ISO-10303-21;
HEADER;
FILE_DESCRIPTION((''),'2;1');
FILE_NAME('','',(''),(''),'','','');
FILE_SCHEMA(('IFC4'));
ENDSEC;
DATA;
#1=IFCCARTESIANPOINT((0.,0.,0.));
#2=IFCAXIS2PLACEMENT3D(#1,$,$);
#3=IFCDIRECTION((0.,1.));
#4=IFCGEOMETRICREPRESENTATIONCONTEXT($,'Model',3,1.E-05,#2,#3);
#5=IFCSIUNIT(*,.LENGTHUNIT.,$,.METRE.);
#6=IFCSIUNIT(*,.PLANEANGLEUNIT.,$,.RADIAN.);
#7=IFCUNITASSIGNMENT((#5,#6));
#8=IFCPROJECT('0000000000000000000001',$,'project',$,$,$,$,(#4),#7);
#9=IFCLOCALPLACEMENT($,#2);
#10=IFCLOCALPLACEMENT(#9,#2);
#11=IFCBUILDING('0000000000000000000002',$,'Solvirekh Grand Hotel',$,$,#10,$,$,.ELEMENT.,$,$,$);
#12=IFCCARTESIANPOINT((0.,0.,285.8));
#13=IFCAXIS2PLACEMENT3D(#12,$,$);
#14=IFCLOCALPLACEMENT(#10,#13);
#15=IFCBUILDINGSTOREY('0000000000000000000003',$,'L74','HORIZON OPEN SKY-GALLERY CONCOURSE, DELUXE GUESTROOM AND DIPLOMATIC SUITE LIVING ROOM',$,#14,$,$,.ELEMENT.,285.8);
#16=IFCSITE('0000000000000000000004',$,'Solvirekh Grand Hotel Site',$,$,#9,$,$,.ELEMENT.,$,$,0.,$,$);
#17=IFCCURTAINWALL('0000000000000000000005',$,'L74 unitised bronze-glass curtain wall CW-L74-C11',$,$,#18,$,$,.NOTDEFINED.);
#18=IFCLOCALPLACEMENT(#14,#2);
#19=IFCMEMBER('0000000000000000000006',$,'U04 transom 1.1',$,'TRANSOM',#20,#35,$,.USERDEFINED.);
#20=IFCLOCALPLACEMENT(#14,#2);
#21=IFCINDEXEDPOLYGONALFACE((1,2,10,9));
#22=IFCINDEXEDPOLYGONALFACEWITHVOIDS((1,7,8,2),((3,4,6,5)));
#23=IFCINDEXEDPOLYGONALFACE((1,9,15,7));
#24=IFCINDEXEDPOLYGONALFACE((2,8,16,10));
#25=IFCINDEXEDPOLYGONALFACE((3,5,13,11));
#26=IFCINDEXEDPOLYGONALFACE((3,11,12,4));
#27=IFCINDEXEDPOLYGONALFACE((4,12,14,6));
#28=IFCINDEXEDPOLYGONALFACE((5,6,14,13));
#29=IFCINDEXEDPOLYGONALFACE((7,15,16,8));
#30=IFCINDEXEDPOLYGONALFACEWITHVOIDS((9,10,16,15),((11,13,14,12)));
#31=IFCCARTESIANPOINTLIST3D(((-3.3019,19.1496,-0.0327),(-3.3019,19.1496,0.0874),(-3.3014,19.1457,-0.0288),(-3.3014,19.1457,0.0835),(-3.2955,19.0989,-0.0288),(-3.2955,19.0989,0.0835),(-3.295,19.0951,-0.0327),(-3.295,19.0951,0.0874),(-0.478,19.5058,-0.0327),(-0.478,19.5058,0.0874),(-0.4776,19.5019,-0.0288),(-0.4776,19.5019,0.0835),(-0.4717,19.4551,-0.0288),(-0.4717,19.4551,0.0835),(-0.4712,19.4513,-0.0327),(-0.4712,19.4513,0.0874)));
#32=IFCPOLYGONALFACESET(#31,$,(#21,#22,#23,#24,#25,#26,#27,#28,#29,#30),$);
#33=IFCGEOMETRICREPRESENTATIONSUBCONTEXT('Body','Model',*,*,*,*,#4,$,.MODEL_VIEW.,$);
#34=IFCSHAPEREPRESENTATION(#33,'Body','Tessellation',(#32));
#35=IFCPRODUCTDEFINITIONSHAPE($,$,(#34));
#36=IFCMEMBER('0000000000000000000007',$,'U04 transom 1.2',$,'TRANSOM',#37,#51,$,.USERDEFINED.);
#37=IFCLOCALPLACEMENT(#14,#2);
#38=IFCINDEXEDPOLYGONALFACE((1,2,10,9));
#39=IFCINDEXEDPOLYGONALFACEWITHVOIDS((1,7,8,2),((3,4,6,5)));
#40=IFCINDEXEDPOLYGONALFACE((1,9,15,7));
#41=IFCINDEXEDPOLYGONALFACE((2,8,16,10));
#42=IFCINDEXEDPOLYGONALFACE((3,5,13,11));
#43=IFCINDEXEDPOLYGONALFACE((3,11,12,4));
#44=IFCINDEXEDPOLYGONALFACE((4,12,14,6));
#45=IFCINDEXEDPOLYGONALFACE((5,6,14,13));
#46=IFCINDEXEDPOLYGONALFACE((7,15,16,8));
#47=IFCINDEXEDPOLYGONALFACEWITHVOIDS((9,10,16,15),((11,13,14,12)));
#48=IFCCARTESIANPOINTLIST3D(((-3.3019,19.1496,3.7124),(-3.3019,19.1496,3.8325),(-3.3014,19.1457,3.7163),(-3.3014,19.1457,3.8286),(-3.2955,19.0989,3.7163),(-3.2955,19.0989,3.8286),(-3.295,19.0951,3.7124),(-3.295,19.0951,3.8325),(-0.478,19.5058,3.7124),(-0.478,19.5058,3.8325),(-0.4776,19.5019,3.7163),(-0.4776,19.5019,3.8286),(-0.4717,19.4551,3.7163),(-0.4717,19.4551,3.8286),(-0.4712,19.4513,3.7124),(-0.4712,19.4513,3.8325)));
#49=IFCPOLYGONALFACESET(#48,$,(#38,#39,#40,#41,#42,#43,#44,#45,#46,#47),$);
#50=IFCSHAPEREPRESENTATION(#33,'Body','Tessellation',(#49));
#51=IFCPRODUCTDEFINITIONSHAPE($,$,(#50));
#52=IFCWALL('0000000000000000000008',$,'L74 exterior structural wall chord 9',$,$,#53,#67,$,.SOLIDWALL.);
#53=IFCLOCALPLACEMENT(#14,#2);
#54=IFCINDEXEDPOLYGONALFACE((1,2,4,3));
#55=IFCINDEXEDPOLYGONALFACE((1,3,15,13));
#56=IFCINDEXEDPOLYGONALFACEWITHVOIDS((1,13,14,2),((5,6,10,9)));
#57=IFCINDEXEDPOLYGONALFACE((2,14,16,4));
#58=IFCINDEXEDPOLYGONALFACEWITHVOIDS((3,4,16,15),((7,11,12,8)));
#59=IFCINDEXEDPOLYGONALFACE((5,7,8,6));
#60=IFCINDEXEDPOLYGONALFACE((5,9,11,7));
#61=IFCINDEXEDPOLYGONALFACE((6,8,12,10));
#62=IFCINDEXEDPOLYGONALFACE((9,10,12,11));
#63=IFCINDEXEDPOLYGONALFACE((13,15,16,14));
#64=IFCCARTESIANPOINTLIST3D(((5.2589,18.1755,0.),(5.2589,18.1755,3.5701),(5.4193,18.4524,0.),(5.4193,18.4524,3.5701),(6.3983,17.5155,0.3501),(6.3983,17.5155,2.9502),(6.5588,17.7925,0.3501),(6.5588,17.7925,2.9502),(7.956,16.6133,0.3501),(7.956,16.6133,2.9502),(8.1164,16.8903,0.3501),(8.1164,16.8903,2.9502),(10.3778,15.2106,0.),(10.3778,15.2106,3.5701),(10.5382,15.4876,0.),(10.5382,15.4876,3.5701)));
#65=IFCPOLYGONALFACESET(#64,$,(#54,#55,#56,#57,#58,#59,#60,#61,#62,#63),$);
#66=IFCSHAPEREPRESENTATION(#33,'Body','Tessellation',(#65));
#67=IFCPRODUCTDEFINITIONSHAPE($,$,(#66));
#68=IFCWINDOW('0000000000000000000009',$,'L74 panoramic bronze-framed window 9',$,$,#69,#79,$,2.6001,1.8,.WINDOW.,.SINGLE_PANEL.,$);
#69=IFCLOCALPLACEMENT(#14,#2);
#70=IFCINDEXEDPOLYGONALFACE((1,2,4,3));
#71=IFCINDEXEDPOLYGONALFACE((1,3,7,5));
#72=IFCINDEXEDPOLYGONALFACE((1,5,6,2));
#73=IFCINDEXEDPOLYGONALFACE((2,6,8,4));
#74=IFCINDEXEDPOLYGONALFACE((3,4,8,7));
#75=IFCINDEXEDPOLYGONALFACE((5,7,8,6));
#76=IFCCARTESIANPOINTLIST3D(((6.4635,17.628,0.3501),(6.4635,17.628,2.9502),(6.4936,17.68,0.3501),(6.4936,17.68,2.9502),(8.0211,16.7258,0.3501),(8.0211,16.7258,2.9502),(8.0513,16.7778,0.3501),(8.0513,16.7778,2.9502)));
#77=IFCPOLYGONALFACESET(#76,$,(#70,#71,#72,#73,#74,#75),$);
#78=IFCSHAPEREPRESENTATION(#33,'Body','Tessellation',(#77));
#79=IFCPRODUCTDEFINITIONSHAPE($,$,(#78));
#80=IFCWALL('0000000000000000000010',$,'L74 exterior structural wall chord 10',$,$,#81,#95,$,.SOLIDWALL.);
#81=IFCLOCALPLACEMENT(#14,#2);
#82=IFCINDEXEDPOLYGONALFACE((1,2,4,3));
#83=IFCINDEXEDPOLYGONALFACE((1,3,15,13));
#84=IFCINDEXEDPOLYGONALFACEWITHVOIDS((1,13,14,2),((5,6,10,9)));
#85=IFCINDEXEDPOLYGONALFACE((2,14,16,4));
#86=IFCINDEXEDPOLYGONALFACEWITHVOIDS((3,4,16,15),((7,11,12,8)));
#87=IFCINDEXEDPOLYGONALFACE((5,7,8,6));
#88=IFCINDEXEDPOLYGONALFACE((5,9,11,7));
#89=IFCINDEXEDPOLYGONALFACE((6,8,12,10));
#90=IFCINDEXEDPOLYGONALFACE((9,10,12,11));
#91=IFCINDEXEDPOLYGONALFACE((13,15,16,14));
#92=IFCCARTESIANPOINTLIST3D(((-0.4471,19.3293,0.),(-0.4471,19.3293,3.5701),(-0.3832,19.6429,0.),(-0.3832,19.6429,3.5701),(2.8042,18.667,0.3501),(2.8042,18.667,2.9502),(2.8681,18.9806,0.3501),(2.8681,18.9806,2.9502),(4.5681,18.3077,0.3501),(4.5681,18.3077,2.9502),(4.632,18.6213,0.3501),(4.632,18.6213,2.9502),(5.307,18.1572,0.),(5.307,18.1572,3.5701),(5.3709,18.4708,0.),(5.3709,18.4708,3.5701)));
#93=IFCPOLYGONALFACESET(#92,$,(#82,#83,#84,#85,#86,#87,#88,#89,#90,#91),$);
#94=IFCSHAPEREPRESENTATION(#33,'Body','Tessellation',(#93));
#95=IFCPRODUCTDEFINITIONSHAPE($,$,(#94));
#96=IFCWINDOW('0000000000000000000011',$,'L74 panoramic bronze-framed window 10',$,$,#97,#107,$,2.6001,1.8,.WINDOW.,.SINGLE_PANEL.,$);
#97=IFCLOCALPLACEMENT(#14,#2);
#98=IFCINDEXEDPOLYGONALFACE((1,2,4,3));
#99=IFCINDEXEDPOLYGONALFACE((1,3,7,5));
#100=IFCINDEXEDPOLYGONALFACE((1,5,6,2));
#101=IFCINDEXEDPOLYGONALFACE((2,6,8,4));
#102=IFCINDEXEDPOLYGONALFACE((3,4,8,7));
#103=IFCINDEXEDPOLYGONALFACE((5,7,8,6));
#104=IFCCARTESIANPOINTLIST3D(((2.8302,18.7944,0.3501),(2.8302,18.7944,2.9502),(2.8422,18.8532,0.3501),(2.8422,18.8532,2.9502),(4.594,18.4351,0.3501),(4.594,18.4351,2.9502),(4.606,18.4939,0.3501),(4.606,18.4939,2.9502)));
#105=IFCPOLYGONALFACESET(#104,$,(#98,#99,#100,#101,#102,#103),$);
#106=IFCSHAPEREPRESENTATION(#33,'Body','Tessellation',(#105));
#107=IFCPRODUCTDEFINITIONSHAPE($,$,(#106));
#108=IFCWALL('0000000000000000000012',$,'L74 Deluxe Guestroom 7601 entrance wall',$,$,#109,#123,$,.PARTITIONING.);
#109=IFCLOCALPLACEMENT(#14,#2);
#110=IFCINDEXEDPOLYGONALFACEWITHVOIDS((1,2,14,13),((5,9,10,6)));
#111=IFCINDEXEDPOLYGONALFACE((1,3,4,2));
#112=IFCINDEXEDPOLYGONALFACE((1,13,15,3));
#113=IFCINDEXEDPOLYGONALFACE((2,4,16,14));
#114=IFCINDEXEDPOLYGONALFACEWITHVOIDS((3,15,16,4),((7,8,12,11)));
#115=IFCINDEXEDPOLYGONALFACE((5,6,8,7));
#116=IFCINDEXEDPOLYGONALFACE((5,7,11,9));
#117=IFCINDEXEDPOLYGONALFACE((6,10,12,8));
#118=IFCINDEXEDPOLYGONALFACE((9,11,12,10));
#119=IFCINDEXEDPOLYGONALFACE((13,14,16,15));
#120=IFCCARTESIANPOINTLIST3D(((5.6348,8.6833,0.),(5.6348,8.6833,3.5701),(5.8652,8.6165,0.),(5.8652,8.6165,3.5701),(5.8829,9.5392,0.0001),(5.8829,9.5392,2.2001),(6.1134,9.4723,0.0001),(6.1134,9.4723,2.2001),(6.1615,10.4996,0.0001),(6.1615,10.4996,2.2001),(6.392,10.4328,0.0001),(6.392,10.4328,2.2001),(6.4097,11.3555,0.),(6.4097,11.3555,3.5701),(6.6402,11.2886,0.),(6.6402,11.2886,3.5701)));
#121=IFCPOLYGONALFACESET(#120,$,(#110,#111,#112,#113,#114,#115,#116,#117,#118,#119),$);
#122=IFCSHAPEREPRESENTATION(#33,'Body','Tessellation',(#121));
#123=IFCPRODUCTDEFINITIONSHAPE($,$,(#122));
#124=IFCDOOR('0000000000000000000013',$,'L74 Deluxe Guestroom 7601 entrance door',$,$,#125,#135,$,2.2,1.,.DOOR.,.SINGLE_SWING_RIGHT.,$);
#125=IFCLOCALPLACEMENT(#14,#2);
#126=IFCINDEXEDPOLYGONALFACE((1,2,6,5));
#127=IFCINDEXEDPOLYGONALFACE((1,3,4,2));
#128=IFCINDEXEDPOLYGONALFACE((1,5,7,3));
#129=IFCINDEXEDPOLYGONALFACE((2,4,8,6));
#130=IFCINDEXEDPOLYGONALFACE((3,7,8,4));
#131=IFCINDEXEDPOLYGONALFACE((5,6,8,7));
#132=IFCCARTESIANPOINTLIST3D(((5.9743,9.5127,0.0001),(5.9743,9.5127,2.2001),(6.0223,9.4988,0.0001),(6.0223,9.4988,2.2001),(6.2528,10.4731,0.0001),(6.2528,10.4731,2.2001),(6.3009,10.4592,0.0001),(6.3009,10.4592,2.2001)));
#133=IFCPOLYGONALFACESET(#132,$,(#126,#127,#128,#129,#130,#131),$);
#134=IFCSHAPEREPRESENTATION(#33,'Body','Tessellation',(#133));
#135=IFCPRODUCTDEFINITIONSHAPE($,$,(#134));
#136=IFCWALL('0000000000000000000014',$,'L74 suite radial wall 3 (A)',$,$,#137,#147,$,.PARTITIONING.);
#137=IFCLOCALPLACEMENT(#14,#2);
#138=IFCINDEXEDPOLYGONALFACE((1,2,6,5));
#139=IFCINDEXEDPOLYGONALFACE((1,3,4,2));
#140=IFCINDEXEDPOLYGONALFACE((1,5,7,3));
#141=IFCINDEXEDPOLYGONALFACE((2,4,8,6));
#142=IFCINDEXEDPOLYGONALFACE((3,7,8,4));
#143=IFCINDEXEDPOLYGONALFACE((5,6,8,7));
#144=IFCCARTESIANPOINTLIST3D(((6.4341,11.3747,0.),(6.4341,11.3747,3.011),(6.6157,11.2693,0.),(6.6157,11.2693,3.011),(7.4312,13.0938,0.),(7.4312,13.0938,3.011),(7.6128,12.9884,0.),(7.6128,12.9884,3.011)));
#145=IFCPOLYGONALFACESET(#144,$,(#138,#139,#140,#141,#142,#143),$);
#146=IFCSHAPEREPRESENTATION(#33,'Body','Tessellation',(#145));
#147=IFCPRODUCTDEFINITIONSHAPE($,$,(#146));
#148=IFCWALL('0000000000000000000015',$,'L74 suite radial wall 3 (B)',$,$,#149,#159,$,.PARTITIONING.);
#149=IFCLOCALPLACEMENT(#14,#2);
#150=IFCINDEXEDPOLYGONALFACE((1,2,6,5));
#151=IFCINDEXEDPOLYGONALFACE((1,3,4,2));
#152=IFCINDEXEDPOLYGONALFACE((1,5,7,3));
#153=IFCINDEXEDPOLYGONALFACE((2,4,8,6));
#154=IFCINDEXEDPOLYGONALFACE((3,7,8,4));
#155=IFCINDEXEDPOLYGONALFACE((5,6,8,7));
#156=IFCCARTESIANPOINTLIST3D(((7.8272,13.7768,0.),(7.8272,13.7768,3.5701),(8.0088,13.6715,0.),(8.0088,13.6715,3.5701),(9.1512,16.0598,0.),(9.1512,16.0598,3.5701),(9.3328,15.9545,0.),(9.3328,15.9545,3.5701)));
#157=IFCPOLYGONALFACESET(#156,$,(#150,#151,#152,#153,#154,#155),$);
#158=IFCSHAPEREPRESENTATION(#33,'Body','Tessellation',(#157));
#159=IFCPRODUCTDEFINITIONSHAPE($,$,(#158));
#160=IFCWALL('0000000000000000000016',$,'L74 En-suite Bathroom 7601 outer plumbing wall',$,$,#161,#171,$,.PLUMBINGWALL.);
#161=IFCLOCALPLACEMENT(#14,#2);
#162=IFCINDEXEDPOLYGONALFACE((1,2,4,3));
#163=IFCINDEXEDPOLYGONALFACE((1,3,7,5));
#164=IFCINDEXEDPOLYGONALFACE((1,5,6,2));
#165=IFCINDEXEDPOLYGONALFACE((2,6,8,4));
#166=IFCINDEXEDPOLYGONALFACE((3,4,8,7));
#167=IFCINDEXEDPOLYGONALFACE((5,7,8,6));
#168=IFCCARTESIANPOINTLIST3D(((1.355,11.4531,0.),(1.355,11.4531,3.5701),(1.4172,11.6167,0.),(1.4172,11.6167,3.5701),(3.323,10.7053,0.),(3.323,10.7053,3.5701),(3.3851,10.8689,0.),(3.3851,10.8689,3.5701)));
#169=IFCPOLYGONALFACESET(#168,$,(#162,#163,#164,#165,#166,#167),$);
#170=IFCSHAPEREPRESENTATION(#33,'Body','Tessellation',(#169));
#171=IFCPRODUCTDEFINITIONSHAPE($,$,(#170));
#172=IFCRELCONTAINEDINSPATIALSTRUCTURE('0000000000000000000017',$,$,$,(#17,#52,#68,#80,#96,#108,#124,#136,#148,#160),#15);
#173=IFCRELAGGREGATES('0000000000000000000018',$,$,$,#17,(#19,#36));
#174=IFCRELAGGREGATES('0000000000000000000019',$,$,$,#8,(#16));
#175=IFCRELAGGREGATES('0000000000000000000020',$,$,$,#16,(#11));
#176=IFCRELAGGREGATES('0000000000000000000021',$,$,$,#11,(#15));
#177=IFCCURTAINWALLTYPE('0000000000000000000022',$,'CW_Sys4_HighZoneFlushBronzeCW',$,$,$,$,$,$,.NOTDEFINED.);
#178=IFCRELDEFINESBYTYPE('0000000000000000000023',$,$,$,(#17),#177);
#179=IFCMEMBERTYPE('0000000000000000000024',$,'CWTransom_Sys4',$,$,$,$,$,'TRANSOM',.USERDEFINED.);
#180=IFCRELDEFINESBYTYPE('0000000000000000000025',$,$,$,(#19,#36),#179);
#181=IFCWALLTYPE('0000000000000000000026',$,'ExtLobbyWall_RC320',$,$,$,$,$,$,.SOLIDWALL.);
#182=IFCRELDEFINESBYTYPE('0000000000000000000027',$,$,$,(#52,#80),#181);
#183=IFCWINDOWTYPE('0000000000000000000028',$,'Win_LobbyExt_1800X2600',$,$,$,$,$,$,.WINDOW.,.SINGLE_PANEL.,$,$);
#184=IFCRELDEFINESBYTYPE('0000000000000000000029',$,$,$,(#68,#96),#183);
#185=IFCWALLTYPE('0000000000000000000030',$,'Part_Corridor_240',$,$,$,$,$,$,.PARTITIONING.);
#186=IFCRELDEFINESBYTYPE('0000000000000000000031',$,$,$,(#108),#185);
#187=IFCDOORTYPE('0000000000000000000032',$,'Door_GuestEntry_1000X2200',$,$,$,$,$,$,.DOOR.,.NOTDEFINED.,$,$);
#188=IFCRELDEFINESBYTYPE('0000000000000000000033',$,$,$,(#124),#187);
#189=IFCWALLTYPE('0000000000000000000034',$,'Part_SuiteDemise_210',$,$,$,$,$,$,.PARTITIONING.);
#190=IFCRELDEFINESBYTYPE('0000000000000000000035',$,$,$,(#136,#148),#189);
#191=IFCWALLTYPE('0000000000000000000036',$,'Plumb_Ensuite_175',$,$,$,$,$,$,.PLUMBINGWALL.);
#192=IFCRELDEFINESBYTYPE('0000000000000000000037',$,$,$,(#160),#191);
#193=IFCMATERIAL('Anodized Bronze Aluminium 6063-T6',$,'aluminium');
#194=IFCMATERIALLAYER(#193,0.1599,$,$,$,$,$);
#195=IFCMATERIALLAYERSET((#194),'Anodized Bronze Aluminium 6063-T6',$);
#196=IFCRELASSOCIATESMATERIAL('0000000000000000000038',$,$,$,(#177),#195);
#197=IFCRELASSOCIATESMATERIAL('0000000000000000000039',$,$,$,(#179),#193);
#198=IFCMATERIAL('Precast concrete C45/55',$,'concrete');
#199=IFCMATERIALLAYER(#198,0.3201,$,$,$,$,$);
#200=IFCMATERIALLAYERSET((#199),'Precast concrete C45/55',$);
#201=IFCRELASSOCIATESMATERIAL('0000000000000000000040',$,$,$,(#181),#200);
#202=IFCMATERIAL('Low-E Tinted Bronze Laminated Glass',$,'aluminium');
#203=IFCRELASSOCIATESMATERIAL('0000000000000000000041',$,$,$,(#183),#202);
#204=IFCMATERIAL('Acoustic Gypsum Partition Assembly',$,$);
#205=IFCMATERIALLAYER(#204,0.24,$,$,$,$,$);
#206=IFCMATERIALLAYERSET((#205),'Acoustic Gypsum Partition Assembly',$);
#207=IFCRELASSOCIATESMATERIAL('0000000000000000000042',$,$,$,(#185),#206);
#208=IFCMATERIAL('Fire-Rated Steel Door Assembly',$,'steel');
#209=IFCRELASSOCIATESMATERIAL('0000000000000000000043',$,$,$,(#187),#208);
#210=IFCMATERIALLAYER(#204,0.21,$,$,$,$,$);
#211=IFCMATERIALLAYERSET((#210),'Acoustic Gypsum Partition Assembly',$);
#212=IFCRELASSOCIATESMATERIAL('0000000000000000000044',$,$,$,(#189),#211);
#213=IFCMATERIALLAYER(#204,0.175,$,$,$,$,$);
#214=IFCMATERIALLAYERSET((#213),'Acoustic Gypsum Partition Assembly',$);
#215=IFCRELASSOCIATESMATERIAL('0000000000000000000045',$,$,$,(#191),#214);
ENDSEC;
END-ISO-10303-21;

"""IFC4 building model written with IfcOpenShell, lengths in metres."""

from ifc_helpers import new_model, si_unit, direction, frame, frame_2d, origin, origin_2d, place, context, subcontext, project, spatial, rectangle, hollow_rectangle, extrude, source, transform, mapped, material, layer, layer_set, material_profile, profile_set, type_object, element, fill, aggregate, save


model = new_model("IFC4")

# Units and contexts
model_context = context("Model", 3, precision=1e-05, world=origin(), true_north=direction((0.0, 1.0)))
body_context = subcontext(model_context, "Body", "Model", "MODEL_VIEW")
ifc_project = project(units=[si_unit("LENGTHUNIT", "METRE"), si_unit("PLANEANGLEUNIT", "RADIAN")], contexts=[model_context])

# Site, building, storey
site_placement = place(None, origin())
site = spatial("IfcSite", under=ifc_project, at=site_placement, Name="Solvirekh Grand Hotel Site", CompositionType="ELEMENT", RefElevation=0.0)
building_placement = place(site_placement, origin())
building = spatial("IfcBuilding", under=site, at=building_placement, Name="Solvirekh Grand Hotel", CompositionType="ELEMENT")
storey_placement = place(building_placement, frame((0.0, 0.0, 285.8)))
storey = spatial("IfcBuildingStorey", under=building, at=storey_placement, Name="L74", Description="HORIZON OPEN SKY-GALLERY CONCOURSE, DELUXE GUESTROOM AND DIPLOMATIC SUITE LIVING ROOM", CompositionType="ELEMENT", Elevation=285.8)

# Curtain wall, members
ifc_material_1 = material(Name="Anodized Bronze Aluminium 6063-T6", Category="aluminium")
ifc_layer_1 = layer(ifc_material_1, 0.1599)
ifc_layer_set_1 = layer_set([ifc_layer_1], Name="Anodized Bronze Aluminium 6063-T6")
curtain_wall_type = type_object("IfcCurtainWallType", Name="CW_Sys4_HighZoneFlushBronzeCW", PredefinedType="NOTDEFINED", material=ifc_layer_set_1)
curtain_wall_placement = place(storey_placement, origin())
curtain_wall = element("IfcCurtainWall", 1, at=curtain_wall_placement, inside=storey, type_object=curtain_wall_type, Name="L74 unitised bronze-glass curtain wall CW-L74-C11", PredefinedType="NOTDEFINED")
ifc_material_profile_1 = material_profile(ifc_material_1, hollow_rectangle(XDim=0.0549, YDim=0.1201, WallThickness=0.0039, at=origin_2d()), Name="ALU RHS 120X55X4")
ifc_profile_set_1 = profile_set([ifc_material_profile_1], Name="Anodized Bronze Aluminium 6063-T6")
member_type_1 = type_object("IfcMemberType", Name="CWTransom_Sys4", ElementType="TRANSOM", PredefinedType="USERDEFINED", material=ifc_profile_set_1)
shared_shape_1 = source(origin(), body_context, "Body", "SweptSolid", [
    extrude(hollow_rectangle(XDim=0.0549, YDim=0.1201, WallThickness=0.0039, at=origin_2d()), origin(), (0.0, 0.0, 1.0), 2.8462),
])
member_1_placement = place(storey_placement, frame((-0.4746, 19.4785, 0.0273), z_axis=(-0.992137, -0.125154, 0.0), x_axis=(0.125154, -0.992137, 0.0)))
member_1 = element("IfcMember", 2, at=member_1_placement, type_object=member_type_1, Name="U04 transom 1.1", ObjectType="TRANSOM", PredefinedType="USERDEFINED", context=body_context, shape_type="MappedRepresentation", body=[
    mapped(shared_shape_1, transform((0.0, 0.0, 0.0), x_axis=(1.0, 0.0, 0.0), y_axis=(0.0, 1.0, 0.0), z_axis=(0.0, 0.0, 1.0), scale=1.0)),
])
member_2_placement = place(storey_placement, frame((-0.4746, 19.4785, 3.7725), z_axis=(-0.992137, -0.125154, 0.0), x_axis=(0.125154, -0.992137, 0.0)))
member_2 = element("IfcMember", 3, at=member_2_placement, type_object=member_type_1, Name="U04 transom 1.2", ObjectType="TRANSOM", PredefinedType="USERDEFINED", context=body_context, shape_type="MappedRepresentation", body=[
    mapped(shared_shape_1, transform((0.0, 0.0, 0.0), x_axis=(1.0, 0.0, 0.0), y_axis=(0.0, 1.0, 0.0), z_axis=(0.0, 0.0, 1.0), scale=1.0)),
])
aggregate(curtain_wall, [member_1, member_2])

# Walls, openings, windows
ifc_material_2 = material(Name="Precast concrete C45/55", Category="concrete")
ifc_layer_2 = layer(ifc_material_2, 0.3201)
ifc_layer_set_2 = layer_set([ifc_layer_2], Name="Precast concrete C45/55")
wall_type_1 = type_object("IfcWallType", Name="ExtLobbyWall_RC320", PredefinedType="SOLIDWALL", material=ifc_layer_set_2)
wall_1_placement = place(storey_placement, frame((5.3391, 18.314, 0.0), z_axis=(0.0, 0.0, 1.0), x_axis=(0.865333, -0.501197, 0.0)))
wall_1 = element("IfcWall", 4, at=wall_1_placement, inside=storey, type_object=wall_type_1, Name="L74 exterior structural wall chord 9", PredefinedType="SOLIDWALL", context=body_context, shape_type="SweptSolid", body=[
    extrude(rectangle(XDim=5.9155, YDim=0.3201, at=frame_2d((2.9578, 0.0))), origin(), (0.0, 0.0, 1.0), 3.5701),
])
opening_1_placement = place(wall_1_placement, frame((1.3169, 0.0, 0.3501)))
opening_1 = element("IfcOpeningElement", 5, at=opening_1_placement, cuts=wall_1, PredefinedType="OPENING", context=body_context, shape_type="SweptSolid", body=[
    extrude(rectangle(XDim=1.8, YDim=2.6001, at=frame_2d((0.8999, 1.3))), frame((0.0, 0.1699, 0.0), z_axis=(0.0, -1.0, 0.0), x_axis=(1.0, 0.0, 0.0)), (0.0, 0.0, 1.0), 0.3401),
])
ifc_material_3 = material(Name="Low-E Tinted Bronze Laminated Glass", Category="aluminium")
window_type = type_object("IfcWindowType", Name="Win_LobbyExt_1800X2600", PartitioningType="SINGLE_PANEL", PredefinedType="WINDOW", material=ifc_material_3)
window_1_placement = place(opening_1_placement, origin())
window_1 = element("IfcWindow", 6, at=window_1_placement, inside=storey, type_object=window_type, Name="L74 panoramic bronze-framed window 9", OverallHeight=2.6001, OverallWidth=1.8, PartitioningType="SINGLE_PANEL", PredefinedType="WINDOW", context=body_context, shape_type="SweptSolid", body=[
    extrude(rectangle(XDim=1.8, YDim=2.6001, at=frame_2d((0.8999, 1.3))), frame((0.0, 0.03, 0.0), z_axis=(0.0, -1.0, 0.0), x_axis=(1.0, 0.0, 0.0)), (0.0, 0.0, 1.0), 0.0601),
])
fill(opening_1, window_1)
wall_2_placement = place(storey_placement, frame((-0.415, 19.4861, 0.0), z_axis=(0.0, 0.0, 1.0), x_axis=(0.979877, -0.199601, 0.0)))
wall_2 = element("IfcWall", 7, at=wall_2_placement, inside=storey, type_object=wall_type_1, Name="L74 exterior structural wall chord 10", PredefinedType="SOLIDWALL", context=body_context, shape_type="SweptSolid", body=[
    extrude(rectangle(XDim=5.8723, YDim=0.3201, at=frame_2d((2.936, 0.0))), origin(), (0.0, 0.0, 1.0), 3.5701),
])
opening_2_placement = place(wall_2_placement, frame((3.3181, 0.0, 0.3501)))
opening_2 = element("IfcOpeningElement", 8, at=opening_2_placement, cuts=wall_2, PredefinedType="OPENING", context=body_context, shape_type="SweptSolid", body=[
    extrude(rectangle(XDim=1.8, YDim=2.6001, at=frame_2d((0.8999, 1.3))), frame((0.0, 0.1699, 0.0), z_axis=(0.0, -1.0, 0.0), x_axis=(1.0, 0.0, 0.0)), (0.0, 0.0, 1.0), 0.3401),
])
window_2_placement = place(opening_2_placement, origin())
window_2 = element("IfcWindow", 9, at=window_2_placement, inside=storey, type_object=window_type, Name="L74 panoramic bronze-framed window 10", OverallHeight=2.6001, OverallWidth=1.8, PartitioningType="SINGLE_PANEL", PredefinedType="WINDOW", context=body_context, shape_type="SweptSolid", body=[
    extrude(rectangle(XDim=1.8, YDim=2.6001, at=frame_2d((0.8999, 1.3))), frame((0.0, 0.03, 0.0), z_axis=(0.0, -1.0, 0.0), x_axis=(1.0, 0.0, 0.0)), (0.0, 0.0, 1.0), 0.0601),
])
fill(opening_2, window_2)

# Wall, opening, door
ifc_material_4 = material(Name="Acoustic Gypsum Partition Assembly")
ifc_layer_3 = layer(ifc_material_4, 0.24)
ifc_layer_set_3 = layer_set([ifc_layer_3], Name="Acoustic Gypsum Partition Assembly")
wall_type_2 = type_object("IfcWallType", Name="Part_Corridor_240", PredefinedType="PARTITIONING", material=ifc_layer_set_3)
wall_3_placement = place(storey_placement, frame((5.75, 8.6499, 0.0), z_axis=(0.0, 0.0, 1.0), x_axis=(0.27852, 0.96043, 0.0)))
wall_3 = element("IfcWall", 10, at=wall_3_placement, inside=storey, type_object=wall_type_2, Name="L74 Deluxe Guestroom 7601 entrance wall", PredefinedType="PARTITIONING", context=body_context, shape_type="SweptSolid", body=[
    extrude(rectangle(XDim=2.7822, YDim=0.24, at=frame_2d((1.3911, 0.0))), origin(), (0.0, 0.0, 1.0), 3.5701),
])
opening_3_placement = place(wall_3_placement, frame((0.8911, 0.0, 0.0)))
opening_3 = element("IfcOpeningElement", 11, at=opening_3_placement, cuts=wall_3, PredefinedType="OPENING", context=body_context, shape_type="SweptSolid", body=[
    extrude(rectangle(XDim=1.0, YDim=2.2, at=frame_2d((0.5, 1.1001))), frame((0.0, 0.1299, 0.0), z_axis=(0.0, -1.0, 0.0), x_axis=(1.0, 0.0, 0.0)), (0.0, 0.0, 1.0), 0.26),
])
ifc_material_5 = material(Name="Fire-Rated Steel Door Assembly", Category="steel")
door_type_1 = type_object("IfcDoorType", Name="Door_GuestEntry_1000X2200", OperationType="NOTDEFINED", PredefinedType="DOOR", material=ifc_material_5)
door_1_placement = place(opening_3_placement, origin())
door_1 = element("IfcDoor", 12, at=door_1_placement, inside=storey, type_object=door_type_1, Name="L74 Deluxe Guestroom 7601 entrance door", OperationType="SINGLE_SWING_RIGHT", OverallHeight=2.2, OverallWidth=1.0, PredefinedType="DOOR", context=body_context, shape_type="SweptSolid", body=[
    extrude(rectangle(XDim=1.0, YDim=2.2, at=frame_2d((0.5, 1.1001))), frame((0.0, 0.0249, 0.0), z_axis=(0.0, -1.0, 0.0), x_axis=(1.0, 0.0, 0.0)), (0.0, 0.0, 1.0), 0.05),
])
fill(opening_3, door_1)

# Walls
ifc_layer_4 = layer(ifc_material_4, 0.21)
ifc_layer_set_4 = layer_set([ifc_layer_4], Name="Acoustic Gypsum Partition Assembly")
wall_type_3 = type_object("IfcWallType", Name="Part_SuiteDemise_210", PredefinedType="PARTITIONING", material=ifc_layer_set_4)
wall_4_placement = place(storey_placement, frame((6.5249, 11.322, 0.0), z_axis=(0.0, 0.0, 1.0), x_axis=(0.501738, 0.865019, 0.0)))
element("IfcWall", 13, at=wall_4_placement, inside=storey, type_object=wall_type_3, Name="L74 suite radial wall 3 (A)", PredefinedType="PARTITIONING", context=body_context, shape_type="SweptSolid", body=[
    extrude(rectangle(XDim=1.9873, YDim=0.21, at=frame_2d((0.9937, 0.0))), origin(), (0.0, 0.0, 1.0), 3.011),
])
wall_5_placement = place(storey_placement, frame((7.918, 13.7241, 0.0), z_axis=(0.0, 0.0, 1.0), x_axis=(0.501678, 0.865054, 0.0)))
element("IfcWall", 14, at=wall_5_placement, inside=storey, type_object=wall_type_3, Name="L74 suite radial wall 3 (B)", PredefinedType="PARTITIONING", context=body_context, shape_type="SweptSolid", body=[
    extrude(rectangle(XDim=2.6392, YDim=0.21, at=frame_2d((1.3196, 0.0))), origin(), (0.0, 0.0, 1.0), 3.5701),
])
ifc_layer_5 = layer(ifc_material_4, 0.175)
ifc_layer_set_5 = layer_set([ifc_layer_5], Name="Acoustic Gypsum Partition Assembly")
wall_type_4 = type_object("IfcWallType", Name="Plumb_Ensuite_175", PredefinedType="PLUMBINGWALL", material=ifc_layer_set_5)
wall_6_placement = place(storey_placement, frame((1.386, 11.5349, 0.0), z_axis=(0.0, 0.0, 1.0), x_axis=(0.934791, -0.3552, 0.0)))
element("IfcWall", 15, at=wall_6_placement, inside=storey, type_object=wall_type_4, Name="L74 En-suite Bathroom 7601 outer plumbing wall", PredefinedType="PLUMBINGWALL", context=body_context, shape_type="SweptSolid", body=[
    extrude(rectangle(XDim=2.1052, YDim=0.175, at=frame_2d((1.0527, 0.0))), origin(), (0.0, 0.0, 1.0), 3.5701),
])

save(model, "model.ifc")
